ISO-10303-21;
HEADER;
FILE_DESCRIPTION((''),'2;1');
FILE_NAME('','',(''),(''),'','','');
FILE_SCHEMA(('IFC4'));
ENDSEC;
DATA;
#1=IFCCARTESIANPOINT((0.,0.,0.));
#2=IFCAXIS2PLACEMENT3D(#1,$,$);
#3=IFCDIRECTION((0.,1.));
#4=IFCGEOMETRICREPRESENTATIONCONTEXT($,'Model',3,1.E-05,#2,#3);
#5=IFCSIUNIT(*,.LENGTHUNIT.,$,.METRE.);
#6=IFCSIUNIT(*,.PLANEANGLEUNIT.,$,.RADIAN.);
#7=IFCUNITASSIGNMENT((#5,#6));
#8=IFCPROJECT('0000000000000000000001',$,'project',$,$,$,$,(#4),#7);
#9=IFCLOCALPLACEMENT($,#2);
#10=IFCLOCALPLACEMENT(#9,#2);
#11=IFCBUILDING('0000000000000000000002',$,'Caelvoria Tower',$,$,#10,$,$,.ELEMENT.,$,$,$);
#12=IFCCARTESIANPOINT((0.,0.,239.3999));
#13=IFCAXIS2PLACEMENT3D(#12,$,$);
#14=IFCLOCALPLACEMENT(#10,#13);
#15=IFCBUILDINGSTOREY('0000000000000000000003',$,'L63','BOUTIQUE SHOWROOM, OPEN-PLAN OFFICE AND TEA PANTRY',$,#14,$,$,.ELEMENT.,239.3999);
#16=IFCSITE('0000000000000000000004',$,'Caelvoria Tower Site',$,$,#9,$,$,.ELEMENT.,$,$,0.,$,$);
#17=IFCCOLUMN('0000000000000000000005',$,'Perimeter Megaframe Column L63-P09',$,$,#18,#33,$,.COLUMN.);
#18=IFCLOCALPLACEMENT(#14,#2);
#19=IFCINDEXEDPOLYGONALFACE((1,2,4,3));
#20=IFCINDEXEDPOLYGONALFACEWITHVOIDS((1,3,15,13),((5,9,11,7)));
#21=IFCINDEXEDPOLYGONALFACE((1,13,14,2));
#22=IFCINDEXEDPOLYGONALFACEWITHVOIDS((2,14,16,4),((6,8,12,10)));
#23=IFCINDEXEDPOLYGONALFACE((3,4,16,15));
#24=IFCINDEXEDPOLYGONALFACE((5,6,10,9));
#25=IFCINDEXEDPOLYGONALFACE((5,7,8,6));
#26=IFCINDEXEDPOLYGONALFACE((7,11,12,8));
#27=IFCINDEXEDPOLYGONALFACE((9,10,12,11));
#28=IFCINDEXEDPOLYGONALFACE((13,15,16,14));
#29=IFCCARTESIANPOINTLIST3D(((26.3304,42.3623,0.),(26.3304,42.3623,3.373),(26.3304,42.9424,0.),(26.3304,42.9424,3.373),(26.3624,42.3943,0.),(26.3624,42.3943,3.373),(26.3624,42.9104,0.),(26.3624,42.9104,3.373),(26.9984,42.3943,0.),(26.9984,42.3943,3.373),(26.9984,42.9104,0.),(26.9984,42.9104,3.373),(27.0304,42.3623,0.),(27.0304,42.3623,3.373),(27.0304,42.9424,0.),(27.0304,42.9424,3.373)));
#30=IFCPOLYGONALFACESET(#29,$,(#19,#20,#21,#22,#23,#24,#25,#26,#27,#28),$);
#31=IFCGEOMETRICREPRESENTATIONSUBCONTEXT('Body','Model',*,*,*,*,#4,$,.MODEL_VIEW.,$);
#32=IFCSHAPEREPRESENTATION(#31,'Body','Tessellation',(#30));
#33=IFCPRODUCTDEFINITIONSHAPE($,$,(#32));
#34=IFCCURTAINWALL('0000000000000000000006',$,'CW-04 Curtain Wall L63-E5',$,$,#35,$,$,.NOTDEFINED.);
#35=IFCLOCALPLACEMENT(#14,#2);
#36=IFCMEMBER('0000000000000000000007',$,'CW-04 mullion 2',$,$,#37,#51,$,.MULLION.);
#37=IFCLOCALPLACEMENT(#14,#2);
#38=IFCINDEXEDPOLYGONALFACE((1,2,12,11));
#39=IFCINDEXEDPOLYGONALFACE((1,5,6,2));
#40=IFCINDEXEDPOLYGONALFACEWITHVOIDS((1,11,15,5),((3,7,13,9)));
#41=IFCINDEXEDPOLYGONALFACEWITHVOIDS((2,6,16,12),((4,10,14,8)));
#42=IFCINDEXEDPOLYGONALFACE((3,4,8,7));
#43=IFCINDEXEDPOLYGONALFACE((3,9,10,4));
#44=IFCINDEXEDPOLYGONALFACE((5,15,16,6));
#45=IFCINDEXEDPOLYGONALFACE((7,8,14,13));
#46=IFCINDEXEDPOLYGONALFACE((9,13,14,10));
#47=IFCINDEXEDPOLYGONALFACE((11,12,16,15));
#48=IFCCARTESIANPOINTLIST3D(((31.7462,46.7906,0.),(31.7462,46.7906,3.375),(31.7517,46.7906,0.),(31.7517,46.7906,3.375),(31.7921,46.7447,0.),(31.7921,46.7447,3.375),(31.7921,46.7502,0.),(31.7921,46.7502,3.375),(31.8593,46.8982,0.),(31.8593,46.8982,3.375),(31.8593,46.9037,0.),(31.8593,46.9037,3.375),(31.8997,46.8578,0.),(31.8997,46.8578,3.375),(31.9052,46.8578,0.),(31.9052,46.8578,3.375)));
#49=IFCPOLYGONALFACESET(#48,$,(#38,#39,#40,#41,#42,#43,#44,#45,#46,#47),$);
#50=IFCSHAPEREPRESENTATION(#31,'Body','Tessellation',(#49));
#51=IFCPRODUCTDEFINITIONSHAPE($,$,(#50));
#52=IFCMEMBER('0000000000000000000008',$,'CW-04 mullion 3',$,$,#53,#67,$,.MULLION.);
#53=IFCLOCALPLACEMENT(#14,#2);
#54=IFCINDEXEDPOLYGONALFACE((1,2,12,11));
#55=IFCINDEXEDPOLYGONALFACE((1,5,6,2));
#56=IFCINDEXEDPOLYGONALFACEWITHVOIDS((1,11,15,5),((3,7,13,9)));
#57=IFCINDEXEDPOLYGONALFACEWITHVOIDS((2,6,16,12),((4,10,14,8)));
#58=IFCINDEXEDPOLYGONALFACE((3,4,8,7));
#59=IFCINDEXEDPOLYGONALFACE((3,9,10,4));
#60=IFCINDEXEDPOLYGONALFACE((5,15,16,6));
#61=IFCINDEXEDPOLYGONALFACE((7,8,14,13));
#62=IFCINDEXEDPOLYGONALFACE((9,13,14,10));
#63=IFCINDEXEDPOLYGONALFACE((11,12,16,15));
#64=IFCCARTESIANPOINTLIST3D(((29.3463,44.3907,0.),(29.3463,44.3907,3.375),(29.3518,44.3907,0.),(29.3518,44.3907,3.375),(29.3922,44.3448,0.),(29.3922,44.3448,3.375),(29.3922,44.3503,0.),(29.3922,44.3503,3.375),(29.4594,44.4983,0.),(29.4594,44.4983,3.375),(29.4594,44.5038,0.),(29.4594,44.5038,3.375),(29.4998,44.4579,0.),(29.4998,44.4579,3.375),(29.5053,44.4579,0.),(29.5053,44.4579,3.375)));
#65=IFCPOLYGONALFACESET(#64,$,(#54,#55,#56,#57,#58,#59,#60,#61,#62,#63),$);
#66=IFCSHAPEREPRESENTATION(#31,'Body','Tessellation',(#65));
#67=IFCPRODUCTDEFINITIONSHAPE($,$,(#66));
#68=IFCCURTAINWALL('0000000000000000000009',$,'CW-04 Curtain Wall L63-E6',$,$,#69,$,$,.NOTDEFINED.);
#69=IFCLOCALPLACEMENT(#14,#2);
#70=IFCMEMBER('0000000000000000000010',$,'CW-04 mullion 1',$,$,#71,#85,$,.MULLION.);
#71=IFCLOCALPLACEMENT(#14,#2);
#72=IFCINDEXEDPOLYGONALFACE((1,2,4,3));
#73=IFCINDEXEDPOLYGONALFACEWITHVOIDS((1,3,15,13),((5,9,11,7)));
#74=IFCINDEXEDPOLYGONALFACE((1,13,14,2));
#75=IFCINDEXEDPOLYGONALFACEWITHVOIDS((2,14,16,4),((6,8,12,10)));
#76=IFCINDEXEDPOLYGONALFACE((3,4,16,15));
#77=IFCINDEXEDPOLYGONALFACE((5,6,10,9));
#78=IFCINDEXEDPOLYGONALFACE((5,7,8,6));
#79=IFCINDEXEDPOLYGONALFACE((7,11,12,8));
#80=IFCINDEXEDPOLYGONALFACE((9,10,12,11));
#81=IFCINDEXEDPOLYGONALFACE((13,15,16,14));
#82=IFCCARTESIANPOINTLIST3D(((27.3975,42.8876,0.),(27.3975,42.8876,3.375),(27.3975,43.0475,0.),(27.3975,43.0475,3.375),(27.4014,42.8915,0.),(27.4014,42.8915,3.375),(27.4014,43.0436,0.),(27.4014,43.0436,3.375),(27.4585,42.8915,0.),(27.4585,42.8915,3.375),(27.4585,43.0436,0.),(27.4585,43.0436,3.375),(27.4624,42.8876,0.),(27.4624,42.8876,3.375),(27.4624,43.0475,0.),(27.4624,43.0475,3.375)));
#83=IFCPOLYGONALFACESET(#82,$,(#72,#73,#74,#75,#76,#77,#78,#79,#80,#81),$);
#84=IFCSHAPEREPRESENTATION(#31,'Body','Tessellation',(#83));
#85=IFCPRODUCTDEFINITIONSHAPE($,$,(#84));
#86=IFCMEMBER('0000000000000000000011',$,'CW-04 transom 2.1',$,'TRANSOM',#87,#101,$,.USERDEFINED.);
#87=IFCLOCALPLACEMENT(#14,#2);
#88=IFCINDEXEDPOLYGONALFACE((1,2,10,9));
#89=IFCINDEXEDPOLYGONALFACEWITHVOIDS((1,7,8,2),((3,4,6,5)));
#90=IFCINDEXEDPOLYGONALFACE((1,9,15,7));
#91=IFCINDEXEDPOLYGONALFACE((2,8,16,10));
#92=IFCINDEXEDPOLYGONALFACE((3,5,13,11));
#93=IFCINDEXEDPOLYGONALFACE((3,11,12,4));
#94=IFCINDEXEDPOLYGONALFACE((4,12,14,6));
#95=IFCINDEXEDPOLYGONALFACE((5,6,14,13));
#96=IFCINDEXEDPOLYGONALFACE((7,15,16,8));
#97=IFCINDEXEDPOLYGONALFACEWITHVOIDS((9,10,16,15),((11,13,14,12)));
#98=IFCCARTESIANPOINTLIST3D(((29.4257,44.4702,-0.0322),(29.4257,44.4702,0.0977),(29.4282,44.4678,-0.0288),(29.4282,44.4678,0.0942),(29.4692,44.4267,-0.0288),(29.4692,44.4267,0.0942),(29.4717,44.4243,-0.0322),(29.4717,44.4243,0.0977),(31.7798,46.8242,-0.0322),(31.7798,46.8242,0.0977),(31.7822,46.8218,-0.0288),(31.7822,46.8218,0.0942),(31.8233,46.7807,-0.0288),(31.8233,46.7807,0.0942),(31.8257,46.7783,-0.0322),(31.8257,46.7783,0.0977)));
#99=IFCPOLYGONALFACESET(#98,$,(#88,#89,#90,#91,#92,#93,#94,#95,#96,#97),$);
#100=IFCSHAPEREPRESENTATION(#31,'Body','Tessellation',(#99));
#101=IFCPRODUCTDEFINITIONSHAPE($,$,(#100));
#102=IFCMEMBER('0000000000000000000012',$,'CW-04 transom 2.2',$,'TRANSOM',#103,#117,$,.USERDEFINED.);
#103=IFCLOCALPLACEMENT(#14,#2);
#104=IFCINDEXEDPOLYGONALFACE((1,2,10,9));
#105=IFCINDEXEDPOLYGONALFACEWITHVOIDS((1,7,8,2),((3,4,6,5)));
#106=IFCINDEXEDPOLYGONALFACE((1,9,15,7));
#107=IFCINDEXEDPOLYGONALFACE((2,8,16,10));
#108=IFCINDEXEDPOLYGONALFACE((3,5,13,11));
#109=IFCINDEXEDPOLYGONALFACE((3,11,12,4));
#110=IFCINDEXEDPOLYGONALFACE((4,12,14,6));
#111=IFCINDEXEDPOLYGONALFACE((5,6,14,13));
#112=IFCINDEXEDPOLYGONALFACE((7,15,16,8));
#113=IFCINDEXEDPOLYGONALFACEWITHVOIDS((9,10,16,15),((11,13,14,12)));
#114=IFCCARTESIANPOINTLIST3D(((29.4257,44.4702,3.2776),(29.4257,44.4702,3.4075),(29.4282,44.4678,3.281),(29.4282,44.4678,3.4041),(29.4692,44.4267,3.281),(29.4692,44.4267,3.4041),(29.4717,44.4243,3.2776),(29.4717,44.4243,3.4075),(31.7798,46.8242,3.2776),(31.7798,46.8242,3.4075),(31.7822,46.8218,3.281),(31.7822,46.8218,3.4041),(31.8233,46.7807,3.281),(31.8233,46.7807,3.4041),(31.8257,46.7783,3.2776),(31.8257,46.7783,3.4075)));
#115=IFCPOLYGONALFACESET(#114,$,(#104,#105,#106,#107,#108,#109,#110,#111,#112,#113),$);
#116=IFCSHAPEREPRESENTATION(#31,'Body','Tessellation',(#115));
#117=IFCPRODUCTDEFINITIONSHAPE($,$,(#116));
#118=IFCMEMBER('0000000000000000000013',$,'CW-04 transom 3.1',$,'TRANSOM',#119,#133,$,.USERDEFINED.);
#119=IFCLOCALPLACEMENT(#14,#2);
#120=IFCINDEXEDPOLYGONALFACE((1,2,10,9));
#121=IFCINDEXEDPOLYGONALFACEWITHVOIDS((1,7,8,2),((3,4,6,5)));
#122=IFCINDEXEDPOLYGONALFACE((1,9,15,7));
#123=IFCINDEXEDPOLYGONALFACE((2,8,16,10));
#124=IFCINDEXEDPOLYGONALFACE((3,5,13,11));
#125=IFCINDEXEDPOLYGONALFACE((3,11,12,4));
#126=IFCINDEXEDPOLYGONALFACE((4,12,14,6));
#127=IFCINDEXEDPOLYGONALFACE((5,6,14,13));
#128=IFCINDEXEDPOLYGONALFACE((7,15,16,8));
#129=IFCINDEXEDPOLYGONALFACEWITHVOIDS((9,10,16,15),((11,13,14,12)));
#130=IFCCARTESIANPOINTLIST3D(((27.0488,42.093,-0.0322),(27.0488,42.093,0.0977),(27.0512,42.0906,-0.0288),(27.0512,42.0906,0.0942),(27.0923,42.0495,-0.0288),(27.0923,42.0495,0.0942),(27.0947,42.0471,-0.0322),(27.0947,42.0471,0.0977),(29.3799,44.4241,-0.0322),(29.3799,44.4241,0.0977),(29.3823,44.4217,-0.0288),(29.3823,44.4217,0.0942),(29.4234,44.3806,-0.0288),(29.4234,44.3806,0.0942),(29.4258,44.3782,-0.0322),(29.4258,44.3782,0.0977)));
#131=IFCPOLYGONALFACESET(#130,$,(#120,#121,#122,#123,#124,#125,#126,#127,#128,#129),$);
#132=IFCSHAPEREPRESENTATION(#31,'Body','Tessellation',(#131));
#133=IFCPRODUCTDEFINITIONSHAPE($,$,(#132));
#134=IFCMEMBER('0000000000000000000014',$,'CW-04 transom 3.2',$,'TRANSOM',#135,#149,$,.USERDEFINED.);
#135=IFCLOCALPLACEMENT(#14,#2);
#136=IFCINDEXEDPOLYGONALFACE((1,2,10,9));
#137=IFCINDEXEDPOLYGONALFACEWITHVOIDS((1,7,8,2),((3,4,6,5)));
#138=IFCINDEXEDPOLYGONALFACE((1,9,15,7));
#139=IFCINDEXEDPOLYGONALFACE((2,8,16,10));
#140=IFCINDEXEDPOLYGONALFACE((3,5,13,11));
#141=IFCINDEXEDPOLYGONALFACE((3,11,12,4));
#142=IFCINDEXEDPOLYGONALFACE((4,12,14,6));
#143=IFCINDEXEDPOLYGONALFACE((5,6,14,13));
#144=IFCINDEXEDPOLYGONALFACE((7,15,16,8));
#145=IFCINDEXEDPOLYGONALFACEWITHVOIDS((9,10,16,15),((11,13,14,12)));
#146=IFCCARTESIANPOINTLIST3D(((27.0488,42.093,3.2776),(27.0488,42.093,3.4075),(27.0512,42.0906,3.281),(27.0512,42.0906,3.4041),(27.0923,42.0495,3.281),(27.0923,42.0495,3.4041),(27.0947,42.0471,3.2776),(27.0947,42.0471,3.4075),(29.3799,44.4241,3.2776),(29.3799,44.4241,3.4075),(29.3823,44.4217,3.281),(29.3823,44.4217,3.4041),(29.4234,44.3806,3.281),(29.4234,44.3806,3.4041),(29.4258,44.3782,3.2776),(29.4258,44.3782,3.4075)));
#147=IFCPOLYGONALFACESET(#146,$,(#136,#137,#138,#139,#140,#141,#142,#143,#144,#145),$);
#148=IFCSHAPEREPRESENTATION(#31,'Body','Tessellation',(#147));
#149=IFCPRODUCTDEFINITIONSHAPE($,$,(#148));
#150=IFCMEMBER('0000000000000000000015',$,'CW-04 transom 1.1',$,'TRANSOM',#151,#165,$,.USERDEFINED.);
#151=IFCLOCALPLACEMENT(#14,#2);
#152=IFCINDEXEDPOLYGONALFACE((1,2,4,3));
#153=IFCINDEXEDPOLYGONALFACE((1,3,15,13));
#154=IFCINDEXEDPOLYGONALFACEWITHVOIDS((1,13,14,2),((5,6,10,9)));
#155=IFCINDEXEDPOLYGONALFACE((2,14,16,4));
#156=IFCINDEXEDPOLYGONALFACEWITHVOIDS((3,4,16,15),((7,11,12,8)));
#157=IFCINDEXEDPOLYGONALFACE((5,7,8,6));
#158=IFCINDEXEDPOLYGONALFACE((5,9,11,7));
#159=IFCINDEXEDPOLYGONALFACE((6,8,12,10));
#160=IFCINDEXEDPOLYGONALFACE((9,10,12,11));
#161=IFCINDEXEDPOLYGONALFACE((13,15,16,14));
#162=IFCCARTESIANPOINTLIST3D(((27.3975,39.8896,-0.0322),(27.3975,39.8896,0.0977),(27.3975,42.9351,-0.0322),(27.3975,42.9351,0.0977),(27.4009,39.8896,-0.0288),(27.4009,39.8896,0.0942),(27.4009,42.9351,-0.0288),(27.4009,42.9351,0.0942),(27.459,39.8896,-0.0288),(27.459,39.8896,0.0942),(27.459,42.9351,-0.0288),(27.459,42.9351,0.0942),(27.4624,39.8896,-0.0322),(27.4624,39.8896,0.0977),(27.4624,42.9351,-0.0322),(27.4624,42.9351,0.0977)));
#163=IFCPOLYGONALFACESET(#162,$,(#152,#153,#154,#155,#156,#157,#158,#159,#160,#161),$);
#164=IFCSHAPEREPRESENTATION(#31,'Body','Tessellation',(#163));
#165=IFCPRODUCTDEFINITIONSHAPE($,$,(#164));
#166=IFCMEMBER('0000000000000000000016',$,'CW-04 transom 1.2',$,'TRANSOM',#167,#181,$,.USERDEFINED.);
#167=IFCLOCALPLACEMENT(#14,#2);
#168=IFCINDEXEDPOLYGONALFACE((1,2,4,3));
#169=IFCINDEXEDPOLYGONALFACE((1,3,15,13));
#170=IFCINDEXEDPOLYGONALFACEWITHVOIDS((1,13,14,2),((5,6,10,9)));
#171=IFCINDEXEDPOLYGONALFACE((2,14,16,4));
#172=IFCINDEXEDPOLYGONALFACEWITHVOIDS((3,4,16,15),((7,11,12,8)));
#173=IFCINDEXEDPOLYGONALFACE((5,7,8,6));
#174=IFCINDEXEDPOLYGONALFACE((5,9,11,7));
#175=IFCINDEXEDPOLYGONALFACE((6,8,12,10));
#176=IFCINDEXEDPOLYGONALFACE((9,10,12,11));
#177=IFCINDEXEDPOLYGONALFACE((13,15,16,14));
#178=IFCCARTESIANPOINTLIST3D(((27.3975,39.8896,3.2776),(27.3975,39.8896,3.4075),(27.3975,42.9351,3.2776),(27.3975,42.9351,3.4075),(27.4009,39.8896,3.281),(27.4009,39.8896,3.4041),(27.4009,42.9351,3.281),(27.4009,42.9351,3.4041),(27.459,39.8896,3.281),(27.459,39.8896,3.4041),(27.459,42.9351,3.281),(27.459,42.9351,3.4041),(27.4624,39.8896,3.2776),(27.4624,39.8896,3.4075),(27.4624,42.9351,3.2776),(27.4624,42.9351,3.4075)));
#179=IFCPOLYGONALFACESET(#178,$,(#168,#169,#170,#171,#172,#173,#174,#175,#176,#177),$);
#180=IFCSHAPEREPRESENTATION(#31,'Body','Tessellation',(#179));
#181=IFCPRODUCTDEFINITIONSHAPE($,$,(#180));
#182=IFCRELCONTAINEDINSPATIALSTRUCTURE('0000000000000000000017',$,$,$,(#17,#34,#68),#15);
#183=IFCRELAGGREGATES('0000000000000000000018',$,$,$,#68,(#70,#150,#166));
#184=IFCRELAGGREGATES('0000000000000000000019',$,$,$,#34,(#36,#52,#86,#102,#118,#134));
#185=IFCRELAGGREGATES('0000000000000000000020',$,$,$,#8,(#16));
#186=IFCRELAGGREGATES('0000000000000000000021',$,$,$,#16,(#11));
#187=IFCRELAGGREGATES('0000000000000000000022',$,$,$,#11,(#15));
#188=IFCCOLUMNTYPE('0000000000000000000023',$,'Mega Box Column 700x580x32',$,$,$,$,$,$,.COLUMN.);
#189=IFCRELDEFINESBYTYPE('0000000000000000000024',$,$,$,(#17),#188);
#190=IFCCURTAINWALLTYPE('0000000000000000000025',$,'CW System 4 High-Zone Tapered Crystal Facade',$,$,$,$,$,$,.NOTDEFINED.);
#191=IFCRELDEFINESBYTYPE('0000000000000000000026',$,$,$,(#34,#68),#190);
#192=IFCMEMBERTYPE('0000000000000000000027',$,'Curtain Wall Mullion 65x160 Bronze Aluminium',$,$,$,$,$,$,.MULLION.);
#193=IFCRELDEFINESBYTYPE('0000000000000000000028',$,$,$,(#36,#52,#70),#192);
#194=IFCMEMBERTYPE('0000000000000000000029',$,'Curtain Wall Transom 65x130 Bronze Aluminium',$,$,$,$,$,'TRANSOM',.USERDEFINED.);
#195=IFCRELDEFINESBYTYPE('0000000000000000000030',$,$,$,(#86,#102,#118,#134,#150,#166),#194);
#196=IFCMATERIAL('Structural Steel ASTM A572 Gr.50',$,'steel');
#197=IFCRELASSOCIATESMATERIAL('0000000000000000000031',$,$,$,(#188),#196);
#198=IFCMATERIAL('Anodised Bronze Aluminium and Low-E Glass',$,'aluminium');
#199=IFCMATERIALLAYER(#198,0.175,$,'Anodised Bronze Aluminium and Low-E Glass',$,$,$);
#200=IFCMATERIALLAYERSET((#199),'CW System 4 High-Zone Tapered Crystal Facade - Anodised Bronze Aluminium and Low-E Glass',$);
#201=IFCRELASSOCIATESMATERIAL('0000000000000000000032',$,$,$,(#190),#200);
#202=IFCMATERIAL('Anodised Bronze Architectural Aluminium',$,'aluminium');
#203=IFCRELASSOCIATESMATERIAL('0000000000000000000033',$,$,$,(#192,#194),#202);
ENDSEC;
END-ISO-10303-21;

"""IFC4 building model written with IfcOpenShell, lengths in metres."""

from ifc_helpers import new_model, si_unit, direction, frame, origin, origin_2d, place, context, subcontext, project, spatial, hollow_rectangle, extrude, material, layer, layer_set, material_profile, profile_set, type_object, element, aggregate, save


model = new_model("IFC4")

# Units and contexts
model_context = context("Model", 3, precision=1e-05, world=origin(), true_north=direction((0.0, 1.0)))
body_context = subcontext(model_context, "Body", "Model", "MODEL_VIEW")
ifc_project = project(units=[si_unit("LENGTHUNIT", "METRE"), si_unit("PLANEANGLEUNIT", "RADIAN")], contexts=[model_context])

# Site, building, storey
site_placement = place(None, origin())
site = spatial("IfcSite", under=ifc_project, at=site_placement, Name="Caelvoria Tower Site", CompositionType="ELEMENT", RefElevation=0.0)
building_placement = place(site_placement, origin())
building = spatial("IfcBuilding", under=site, at=building_placement, Name="Caelvoria Tower", CompositionType="ELEMENT")
storey_placement = place(building_placement, frame((0.0, 0.0, 239.3999)))
storey = spatial("IfcBuildingStorey", under=building, at=storey_placement, Name="L63", Description="BOUTIQUE SHOWROOM, OPEN-PLAN OFFICE AND TEA PANTRY", CompositionType="ELEMENT", Elevation=239.3999)

# Column
ifc_material_1 = material(Name="Structural Steel ASTM A572 Gr.50", Category="steel")
ifc_material_profile_1 = material_profile(ifc_material_1, hollow_rectangle(XDim=0.5801, YDim=0.7, WallThickness=0.032, at=origin_2d()), Name="Structural Steel ASTM A572 Gr.50")
ifc_profile_set_1 = profile_set([ifc_material_profile_1], Name="BOX700X580X32 - Structural Steel ASTM A572 Gr.50")
column_type = type_object("IfcColumnType", Name="Mega Box Column 700x580x32", PredefinedType="COLUMN", material=ifc_profile_set_1)
column_placement = place(storey_placement, frame((26.6804, 42.6523, 0.0), z_axis=(0.0, 0.0, 1.0), x_axis=(0.0, 1.0, 0.0)))
element("IfcColumn", 1, at=column_placement, inside=storey, type_object=column_type, Name="Perimeter Megaframe Column L63-P09", PredefinedType="COLUMN", context=body_context, shape_type="SweptSolid", body=[
    extrude(hollow_rectangle(XDim=0.5801, YDim=0.7, WallThickness=0.032, at=origin_2d()), origin(), (0.0, 0.0, 1.0), 3.373),
])

# Curtain wall, members
ifc_material_2 = material(Name="Anodised Bronze Aluminium and Low-E Glass", Category="aluminium")
ifc_layer_1 = layer(ifc_material_2, 0.175, Name="Anodised Bronze Aluminium and Low-E Glass")
ifc_layer_set_1 = layer_set([ifc_layer_1], Name="CW System 4 High-Zone Tapered Crystal Facade - Anodised Bronze Aluminium and Low-E Glass")
curtain_wall_type = type_object("IfcCurtainWallType", Name="CW System 4 High-Zone Tapered Crystal Facade", PredefinedType="NOTDEFINED", material=ifc_layer_set_1)
curtain_wall_1_placement = place(storey_placement, origin())
curtain_wall_1 = element("IfcCurtainWall", 2, at=curtain_wall_1_placement, inside=storey, type_object=curtain_wall_type, Name="CW-04 Curtain Wall L63-E5", PredefinedType="NOTDEFINED")
ifc_material_3 = material(Name="Anodised Bronze Architectural Aluminium", Category="aluminium")
ifc_material_profile_2 = material_profile(ifc_material_3, hollow_rectangle(XDim=0.0649, YDim=0.1599, WallThickness=0.0039, at=origin_2d()), Name="Anodised Bronze Architectural Aluminium")
ifc_profile_set_2 = profile_set([ifc_material_profile_2], Name="CW_MULL_65X160 - Anodised Bronze Architectural Aluminium")
member_type_1 = type_object("IfcMemberType", Name="Curtain Wall Mullion 65x160 Bronze Aluminium", PredefinedType="MULLION", material=ifc_profile_set_2)
member_1_placement = place(storey_placement, frame((31.8257, 46.8242, 0.0), z_axis=(0.0, 0.0, 1.0), x_axis=(0.707107, -0.707107, 0.0)))
member_1 = element("IfcMember", 3, at=member_1_placement, type_object=member_type_1, Name="CW-04 mullion 2", PredefinedType="MULLION", context=body_context, shape_type="SweptSolid", body=[
    extrude(hollow_rectangle(XDim=0.0649, YDim=0.1599, WallThickness=0.0039, at=origin_2d()), origin(), (0.0, 0.0, 1.0), 3.375),
])
member_2_placement = place(storey_placement, frame((29.4258, 44.4243, 0.0), z_axis=(0.0, 0.0, 1.0), x_axis=(0.707107, -0.707107, 0.0)))
member_2 = element("IfcMember", 4, at=member_2_placement, type_object=member_type_1, Name="CW-04 mullion 3", PredefinedType="MULLION", context=body_context, shape_type="SweptSolid", body=[
    extrude(hollow_rectangle(XDim=0.0649, YDim=0.1599, WallThickness=0.0039, at=origin_2d()), origin(), (0.0, 0.0, 1.0), 3.375),
])

# Curtain wall, member
curtain_wall_2_placement = place(storey_placement, origin())
curtain_wall_2 = element("IfcCurtainWall", 5, at=curtain_wall_2_placement, inside=storey, type_object=curtain_wall_type, Name="CW-04 Curtain Wall L63-E6", PredefinedType="NOTDEFINED")
member_3_placement = place(storey_placement, frame((27.4299, 42.9675, 0.0), z_axis=(0.0, 0.0, 1.0), x_axis=(1.0, 0.0, 0.0)))
member_3 = element("IfcMember", 6, at=member_3_placement, type_object=member_type_1, Name="CW-04 mullion 1", PredefinedType="MULLION", context=body_context, shape_type="SweptSolid", body=[
    extrude(hollow_rectangle(XDim=0.0649, YDim=0.1599, WallThickness=0.0039, at=origin_2d()), origin(), (0.0, 0.0, 1.0), 3.375),
])

# Members
ifc_material_profile_3 = material_profile(ifc_material_3, hollow_rectangle(XDim=0.0649, YDim=0.1299, WallThickness=0.0034, at=origin_2d()), Name="Anodised Bronze Architectural Aluminium")
ifc_profile_set_3 = profile_set([ifc_material_profile_3], Name="CW_TRAN_65X130 - Anodised Bronze Architectural Aluminium")
member_type_2 = type_object("IfcMemberType", Name="Curtain Wall Transom 65x130 Bronze Aluminium", ElementType="TRANSOM", PredefinedType="USERDEFINED", material=ifc_profile_set_3)
member_4_placement = place(storey_placement, frame((31.8027, 46.8013, 0.0327), z_axis=(-0.707107, -0.707107, 0.0), x_axis=(0.707107, -0.707107, 0.0)))
member_4 = element("IfcMember", 7, at=member_4_placement, type_object=member_type_2, Name="CW-04 transom 2.1", ObjectType="TRANSOM", PredefinedType="USERDEFINED", context=body_context, shape_type="SweptSolid", body=[
    extrude(hollow_rectangle(XDim=0.0649, YDim=0.1299, WallThickness=0.0034, at=origin_2d()), origin(), (0.0, 0.0, 1.0), 3.3291),
])
member_5_placement = place(storey_placement, frame((31.8027, 46.8013, 3.3425), z_axis=(-0.707107, -0.707107, 0.0), x_axis=(0.707107, -0.707107, 0.0)))
member_5 = element("IfcMember", 8, at=member_5_placement, type_object=member_type_2, Name="CW-04 transom 2.2", ObjectType="TRANSOM", PredefinedType="USERDEFINED", context=body_context, shape_type="SweptSolid", body=[
    extrude(hollow_rectangle(XDim=0.0649, YDim=0.1299, WallThickness=0.0034, at=origin_2d()), origin(), (0.0, 0.0, 1.0), 3.3291),
])
member_6_placement = place(storey_placement, frame((29.4028, 44.4011, 0.0327), z_axis=(-0.707107, -0.707107, 0.0), x_axis=(0.707107, -0.707107, 0.0)))
member_6 = element("IfcMember", 9, at=member_6_placement, type_object=member_type_2, Name="CW-04 transom 3.1", ObjectType="TRANSOM", PredefinedType="USERDEFINED", context=body_context, shape_type="SweptSolid", body=[
    extrude(hollow_rectangle(XDim=0.0649, YDim=0.1299, WallThickness=0.0034, at=origin_2d()), origin(), (0.0, 0.0, 1.0), 3.2966),
])
member_7_placement = place(storey_placement, frame((29.4028, 44.4011, 3.3425), z_axis=(-0.707107, -0.707107, 0.0), x_axis=(0.707107, -0.707107, 0.0)))
member_7 = element("IfcMember", 10, at=member_7_placement, type_object=member_type_2, Name="CW-04 transom 3.2", ObjectType="TRANSOM", PredefinedType="USERDEFINED", context=body_context, shape_type="SweptSolid", body=[
    extrude(hollow_rectangle(XDim=0.0649, YDim=0.1299, WallThickness=0.0034, at=origin_2d()), origin(), (0.0, 0.0, 1.0), 3.2966),
])
member_8_placement = place(storey_placement, frame((27.4299, 42.9351, 0.0327), z_axis=(0.0, -1.0, 0.0), x_axis=(1.0, 0.0, 0.0)))
member_8 = element("IfcMember", 11, at=member_8_placement, type_object=member_type_2, Name="CW-04 transom 1.1", ObjectType="TRANSOM", PredefinedType="USERDEFINED", context=body_context, shape_type="SweptSolid", body=[
    extrude(hollow_rectangle(XDim=0.0649, YDim=0.1299, WallThickness=0.0034, at=origin_2d()), origin(), (0.0, 0.0, 1.0), 3.0454),
])
member_9_placement = place(storey_placement, frame((27.4299, 42.9351, 3.3425), z_axis=(0.0, -1.0, 0.0), x_axis=(1.0, 0.0, 0.0)))
member_9 = element("IfcMember", 12, at=member_9_placement, type_object=member_type_2, Name="CW-04 transom 1.2", ObjectType="TRANSOM", PredefinedType="USERDEFINED", context=body_context, shape_type="SweptSolid", body=[
    extrude(hollow_rectangle(XDim=0.0649, YDim=0.1299, WallThickness=0.0034, at=origin_2d()), origin(), (0.0, 0.0, 1.0), 3.0454),
])
aggregate(curtain_wall_2, [member_3, member_8, member_9])

aggregate(curtain_wall_1, [member_1, member_2, member_4, member_5, member_6, member_7])

save(model, "model.ifc")
